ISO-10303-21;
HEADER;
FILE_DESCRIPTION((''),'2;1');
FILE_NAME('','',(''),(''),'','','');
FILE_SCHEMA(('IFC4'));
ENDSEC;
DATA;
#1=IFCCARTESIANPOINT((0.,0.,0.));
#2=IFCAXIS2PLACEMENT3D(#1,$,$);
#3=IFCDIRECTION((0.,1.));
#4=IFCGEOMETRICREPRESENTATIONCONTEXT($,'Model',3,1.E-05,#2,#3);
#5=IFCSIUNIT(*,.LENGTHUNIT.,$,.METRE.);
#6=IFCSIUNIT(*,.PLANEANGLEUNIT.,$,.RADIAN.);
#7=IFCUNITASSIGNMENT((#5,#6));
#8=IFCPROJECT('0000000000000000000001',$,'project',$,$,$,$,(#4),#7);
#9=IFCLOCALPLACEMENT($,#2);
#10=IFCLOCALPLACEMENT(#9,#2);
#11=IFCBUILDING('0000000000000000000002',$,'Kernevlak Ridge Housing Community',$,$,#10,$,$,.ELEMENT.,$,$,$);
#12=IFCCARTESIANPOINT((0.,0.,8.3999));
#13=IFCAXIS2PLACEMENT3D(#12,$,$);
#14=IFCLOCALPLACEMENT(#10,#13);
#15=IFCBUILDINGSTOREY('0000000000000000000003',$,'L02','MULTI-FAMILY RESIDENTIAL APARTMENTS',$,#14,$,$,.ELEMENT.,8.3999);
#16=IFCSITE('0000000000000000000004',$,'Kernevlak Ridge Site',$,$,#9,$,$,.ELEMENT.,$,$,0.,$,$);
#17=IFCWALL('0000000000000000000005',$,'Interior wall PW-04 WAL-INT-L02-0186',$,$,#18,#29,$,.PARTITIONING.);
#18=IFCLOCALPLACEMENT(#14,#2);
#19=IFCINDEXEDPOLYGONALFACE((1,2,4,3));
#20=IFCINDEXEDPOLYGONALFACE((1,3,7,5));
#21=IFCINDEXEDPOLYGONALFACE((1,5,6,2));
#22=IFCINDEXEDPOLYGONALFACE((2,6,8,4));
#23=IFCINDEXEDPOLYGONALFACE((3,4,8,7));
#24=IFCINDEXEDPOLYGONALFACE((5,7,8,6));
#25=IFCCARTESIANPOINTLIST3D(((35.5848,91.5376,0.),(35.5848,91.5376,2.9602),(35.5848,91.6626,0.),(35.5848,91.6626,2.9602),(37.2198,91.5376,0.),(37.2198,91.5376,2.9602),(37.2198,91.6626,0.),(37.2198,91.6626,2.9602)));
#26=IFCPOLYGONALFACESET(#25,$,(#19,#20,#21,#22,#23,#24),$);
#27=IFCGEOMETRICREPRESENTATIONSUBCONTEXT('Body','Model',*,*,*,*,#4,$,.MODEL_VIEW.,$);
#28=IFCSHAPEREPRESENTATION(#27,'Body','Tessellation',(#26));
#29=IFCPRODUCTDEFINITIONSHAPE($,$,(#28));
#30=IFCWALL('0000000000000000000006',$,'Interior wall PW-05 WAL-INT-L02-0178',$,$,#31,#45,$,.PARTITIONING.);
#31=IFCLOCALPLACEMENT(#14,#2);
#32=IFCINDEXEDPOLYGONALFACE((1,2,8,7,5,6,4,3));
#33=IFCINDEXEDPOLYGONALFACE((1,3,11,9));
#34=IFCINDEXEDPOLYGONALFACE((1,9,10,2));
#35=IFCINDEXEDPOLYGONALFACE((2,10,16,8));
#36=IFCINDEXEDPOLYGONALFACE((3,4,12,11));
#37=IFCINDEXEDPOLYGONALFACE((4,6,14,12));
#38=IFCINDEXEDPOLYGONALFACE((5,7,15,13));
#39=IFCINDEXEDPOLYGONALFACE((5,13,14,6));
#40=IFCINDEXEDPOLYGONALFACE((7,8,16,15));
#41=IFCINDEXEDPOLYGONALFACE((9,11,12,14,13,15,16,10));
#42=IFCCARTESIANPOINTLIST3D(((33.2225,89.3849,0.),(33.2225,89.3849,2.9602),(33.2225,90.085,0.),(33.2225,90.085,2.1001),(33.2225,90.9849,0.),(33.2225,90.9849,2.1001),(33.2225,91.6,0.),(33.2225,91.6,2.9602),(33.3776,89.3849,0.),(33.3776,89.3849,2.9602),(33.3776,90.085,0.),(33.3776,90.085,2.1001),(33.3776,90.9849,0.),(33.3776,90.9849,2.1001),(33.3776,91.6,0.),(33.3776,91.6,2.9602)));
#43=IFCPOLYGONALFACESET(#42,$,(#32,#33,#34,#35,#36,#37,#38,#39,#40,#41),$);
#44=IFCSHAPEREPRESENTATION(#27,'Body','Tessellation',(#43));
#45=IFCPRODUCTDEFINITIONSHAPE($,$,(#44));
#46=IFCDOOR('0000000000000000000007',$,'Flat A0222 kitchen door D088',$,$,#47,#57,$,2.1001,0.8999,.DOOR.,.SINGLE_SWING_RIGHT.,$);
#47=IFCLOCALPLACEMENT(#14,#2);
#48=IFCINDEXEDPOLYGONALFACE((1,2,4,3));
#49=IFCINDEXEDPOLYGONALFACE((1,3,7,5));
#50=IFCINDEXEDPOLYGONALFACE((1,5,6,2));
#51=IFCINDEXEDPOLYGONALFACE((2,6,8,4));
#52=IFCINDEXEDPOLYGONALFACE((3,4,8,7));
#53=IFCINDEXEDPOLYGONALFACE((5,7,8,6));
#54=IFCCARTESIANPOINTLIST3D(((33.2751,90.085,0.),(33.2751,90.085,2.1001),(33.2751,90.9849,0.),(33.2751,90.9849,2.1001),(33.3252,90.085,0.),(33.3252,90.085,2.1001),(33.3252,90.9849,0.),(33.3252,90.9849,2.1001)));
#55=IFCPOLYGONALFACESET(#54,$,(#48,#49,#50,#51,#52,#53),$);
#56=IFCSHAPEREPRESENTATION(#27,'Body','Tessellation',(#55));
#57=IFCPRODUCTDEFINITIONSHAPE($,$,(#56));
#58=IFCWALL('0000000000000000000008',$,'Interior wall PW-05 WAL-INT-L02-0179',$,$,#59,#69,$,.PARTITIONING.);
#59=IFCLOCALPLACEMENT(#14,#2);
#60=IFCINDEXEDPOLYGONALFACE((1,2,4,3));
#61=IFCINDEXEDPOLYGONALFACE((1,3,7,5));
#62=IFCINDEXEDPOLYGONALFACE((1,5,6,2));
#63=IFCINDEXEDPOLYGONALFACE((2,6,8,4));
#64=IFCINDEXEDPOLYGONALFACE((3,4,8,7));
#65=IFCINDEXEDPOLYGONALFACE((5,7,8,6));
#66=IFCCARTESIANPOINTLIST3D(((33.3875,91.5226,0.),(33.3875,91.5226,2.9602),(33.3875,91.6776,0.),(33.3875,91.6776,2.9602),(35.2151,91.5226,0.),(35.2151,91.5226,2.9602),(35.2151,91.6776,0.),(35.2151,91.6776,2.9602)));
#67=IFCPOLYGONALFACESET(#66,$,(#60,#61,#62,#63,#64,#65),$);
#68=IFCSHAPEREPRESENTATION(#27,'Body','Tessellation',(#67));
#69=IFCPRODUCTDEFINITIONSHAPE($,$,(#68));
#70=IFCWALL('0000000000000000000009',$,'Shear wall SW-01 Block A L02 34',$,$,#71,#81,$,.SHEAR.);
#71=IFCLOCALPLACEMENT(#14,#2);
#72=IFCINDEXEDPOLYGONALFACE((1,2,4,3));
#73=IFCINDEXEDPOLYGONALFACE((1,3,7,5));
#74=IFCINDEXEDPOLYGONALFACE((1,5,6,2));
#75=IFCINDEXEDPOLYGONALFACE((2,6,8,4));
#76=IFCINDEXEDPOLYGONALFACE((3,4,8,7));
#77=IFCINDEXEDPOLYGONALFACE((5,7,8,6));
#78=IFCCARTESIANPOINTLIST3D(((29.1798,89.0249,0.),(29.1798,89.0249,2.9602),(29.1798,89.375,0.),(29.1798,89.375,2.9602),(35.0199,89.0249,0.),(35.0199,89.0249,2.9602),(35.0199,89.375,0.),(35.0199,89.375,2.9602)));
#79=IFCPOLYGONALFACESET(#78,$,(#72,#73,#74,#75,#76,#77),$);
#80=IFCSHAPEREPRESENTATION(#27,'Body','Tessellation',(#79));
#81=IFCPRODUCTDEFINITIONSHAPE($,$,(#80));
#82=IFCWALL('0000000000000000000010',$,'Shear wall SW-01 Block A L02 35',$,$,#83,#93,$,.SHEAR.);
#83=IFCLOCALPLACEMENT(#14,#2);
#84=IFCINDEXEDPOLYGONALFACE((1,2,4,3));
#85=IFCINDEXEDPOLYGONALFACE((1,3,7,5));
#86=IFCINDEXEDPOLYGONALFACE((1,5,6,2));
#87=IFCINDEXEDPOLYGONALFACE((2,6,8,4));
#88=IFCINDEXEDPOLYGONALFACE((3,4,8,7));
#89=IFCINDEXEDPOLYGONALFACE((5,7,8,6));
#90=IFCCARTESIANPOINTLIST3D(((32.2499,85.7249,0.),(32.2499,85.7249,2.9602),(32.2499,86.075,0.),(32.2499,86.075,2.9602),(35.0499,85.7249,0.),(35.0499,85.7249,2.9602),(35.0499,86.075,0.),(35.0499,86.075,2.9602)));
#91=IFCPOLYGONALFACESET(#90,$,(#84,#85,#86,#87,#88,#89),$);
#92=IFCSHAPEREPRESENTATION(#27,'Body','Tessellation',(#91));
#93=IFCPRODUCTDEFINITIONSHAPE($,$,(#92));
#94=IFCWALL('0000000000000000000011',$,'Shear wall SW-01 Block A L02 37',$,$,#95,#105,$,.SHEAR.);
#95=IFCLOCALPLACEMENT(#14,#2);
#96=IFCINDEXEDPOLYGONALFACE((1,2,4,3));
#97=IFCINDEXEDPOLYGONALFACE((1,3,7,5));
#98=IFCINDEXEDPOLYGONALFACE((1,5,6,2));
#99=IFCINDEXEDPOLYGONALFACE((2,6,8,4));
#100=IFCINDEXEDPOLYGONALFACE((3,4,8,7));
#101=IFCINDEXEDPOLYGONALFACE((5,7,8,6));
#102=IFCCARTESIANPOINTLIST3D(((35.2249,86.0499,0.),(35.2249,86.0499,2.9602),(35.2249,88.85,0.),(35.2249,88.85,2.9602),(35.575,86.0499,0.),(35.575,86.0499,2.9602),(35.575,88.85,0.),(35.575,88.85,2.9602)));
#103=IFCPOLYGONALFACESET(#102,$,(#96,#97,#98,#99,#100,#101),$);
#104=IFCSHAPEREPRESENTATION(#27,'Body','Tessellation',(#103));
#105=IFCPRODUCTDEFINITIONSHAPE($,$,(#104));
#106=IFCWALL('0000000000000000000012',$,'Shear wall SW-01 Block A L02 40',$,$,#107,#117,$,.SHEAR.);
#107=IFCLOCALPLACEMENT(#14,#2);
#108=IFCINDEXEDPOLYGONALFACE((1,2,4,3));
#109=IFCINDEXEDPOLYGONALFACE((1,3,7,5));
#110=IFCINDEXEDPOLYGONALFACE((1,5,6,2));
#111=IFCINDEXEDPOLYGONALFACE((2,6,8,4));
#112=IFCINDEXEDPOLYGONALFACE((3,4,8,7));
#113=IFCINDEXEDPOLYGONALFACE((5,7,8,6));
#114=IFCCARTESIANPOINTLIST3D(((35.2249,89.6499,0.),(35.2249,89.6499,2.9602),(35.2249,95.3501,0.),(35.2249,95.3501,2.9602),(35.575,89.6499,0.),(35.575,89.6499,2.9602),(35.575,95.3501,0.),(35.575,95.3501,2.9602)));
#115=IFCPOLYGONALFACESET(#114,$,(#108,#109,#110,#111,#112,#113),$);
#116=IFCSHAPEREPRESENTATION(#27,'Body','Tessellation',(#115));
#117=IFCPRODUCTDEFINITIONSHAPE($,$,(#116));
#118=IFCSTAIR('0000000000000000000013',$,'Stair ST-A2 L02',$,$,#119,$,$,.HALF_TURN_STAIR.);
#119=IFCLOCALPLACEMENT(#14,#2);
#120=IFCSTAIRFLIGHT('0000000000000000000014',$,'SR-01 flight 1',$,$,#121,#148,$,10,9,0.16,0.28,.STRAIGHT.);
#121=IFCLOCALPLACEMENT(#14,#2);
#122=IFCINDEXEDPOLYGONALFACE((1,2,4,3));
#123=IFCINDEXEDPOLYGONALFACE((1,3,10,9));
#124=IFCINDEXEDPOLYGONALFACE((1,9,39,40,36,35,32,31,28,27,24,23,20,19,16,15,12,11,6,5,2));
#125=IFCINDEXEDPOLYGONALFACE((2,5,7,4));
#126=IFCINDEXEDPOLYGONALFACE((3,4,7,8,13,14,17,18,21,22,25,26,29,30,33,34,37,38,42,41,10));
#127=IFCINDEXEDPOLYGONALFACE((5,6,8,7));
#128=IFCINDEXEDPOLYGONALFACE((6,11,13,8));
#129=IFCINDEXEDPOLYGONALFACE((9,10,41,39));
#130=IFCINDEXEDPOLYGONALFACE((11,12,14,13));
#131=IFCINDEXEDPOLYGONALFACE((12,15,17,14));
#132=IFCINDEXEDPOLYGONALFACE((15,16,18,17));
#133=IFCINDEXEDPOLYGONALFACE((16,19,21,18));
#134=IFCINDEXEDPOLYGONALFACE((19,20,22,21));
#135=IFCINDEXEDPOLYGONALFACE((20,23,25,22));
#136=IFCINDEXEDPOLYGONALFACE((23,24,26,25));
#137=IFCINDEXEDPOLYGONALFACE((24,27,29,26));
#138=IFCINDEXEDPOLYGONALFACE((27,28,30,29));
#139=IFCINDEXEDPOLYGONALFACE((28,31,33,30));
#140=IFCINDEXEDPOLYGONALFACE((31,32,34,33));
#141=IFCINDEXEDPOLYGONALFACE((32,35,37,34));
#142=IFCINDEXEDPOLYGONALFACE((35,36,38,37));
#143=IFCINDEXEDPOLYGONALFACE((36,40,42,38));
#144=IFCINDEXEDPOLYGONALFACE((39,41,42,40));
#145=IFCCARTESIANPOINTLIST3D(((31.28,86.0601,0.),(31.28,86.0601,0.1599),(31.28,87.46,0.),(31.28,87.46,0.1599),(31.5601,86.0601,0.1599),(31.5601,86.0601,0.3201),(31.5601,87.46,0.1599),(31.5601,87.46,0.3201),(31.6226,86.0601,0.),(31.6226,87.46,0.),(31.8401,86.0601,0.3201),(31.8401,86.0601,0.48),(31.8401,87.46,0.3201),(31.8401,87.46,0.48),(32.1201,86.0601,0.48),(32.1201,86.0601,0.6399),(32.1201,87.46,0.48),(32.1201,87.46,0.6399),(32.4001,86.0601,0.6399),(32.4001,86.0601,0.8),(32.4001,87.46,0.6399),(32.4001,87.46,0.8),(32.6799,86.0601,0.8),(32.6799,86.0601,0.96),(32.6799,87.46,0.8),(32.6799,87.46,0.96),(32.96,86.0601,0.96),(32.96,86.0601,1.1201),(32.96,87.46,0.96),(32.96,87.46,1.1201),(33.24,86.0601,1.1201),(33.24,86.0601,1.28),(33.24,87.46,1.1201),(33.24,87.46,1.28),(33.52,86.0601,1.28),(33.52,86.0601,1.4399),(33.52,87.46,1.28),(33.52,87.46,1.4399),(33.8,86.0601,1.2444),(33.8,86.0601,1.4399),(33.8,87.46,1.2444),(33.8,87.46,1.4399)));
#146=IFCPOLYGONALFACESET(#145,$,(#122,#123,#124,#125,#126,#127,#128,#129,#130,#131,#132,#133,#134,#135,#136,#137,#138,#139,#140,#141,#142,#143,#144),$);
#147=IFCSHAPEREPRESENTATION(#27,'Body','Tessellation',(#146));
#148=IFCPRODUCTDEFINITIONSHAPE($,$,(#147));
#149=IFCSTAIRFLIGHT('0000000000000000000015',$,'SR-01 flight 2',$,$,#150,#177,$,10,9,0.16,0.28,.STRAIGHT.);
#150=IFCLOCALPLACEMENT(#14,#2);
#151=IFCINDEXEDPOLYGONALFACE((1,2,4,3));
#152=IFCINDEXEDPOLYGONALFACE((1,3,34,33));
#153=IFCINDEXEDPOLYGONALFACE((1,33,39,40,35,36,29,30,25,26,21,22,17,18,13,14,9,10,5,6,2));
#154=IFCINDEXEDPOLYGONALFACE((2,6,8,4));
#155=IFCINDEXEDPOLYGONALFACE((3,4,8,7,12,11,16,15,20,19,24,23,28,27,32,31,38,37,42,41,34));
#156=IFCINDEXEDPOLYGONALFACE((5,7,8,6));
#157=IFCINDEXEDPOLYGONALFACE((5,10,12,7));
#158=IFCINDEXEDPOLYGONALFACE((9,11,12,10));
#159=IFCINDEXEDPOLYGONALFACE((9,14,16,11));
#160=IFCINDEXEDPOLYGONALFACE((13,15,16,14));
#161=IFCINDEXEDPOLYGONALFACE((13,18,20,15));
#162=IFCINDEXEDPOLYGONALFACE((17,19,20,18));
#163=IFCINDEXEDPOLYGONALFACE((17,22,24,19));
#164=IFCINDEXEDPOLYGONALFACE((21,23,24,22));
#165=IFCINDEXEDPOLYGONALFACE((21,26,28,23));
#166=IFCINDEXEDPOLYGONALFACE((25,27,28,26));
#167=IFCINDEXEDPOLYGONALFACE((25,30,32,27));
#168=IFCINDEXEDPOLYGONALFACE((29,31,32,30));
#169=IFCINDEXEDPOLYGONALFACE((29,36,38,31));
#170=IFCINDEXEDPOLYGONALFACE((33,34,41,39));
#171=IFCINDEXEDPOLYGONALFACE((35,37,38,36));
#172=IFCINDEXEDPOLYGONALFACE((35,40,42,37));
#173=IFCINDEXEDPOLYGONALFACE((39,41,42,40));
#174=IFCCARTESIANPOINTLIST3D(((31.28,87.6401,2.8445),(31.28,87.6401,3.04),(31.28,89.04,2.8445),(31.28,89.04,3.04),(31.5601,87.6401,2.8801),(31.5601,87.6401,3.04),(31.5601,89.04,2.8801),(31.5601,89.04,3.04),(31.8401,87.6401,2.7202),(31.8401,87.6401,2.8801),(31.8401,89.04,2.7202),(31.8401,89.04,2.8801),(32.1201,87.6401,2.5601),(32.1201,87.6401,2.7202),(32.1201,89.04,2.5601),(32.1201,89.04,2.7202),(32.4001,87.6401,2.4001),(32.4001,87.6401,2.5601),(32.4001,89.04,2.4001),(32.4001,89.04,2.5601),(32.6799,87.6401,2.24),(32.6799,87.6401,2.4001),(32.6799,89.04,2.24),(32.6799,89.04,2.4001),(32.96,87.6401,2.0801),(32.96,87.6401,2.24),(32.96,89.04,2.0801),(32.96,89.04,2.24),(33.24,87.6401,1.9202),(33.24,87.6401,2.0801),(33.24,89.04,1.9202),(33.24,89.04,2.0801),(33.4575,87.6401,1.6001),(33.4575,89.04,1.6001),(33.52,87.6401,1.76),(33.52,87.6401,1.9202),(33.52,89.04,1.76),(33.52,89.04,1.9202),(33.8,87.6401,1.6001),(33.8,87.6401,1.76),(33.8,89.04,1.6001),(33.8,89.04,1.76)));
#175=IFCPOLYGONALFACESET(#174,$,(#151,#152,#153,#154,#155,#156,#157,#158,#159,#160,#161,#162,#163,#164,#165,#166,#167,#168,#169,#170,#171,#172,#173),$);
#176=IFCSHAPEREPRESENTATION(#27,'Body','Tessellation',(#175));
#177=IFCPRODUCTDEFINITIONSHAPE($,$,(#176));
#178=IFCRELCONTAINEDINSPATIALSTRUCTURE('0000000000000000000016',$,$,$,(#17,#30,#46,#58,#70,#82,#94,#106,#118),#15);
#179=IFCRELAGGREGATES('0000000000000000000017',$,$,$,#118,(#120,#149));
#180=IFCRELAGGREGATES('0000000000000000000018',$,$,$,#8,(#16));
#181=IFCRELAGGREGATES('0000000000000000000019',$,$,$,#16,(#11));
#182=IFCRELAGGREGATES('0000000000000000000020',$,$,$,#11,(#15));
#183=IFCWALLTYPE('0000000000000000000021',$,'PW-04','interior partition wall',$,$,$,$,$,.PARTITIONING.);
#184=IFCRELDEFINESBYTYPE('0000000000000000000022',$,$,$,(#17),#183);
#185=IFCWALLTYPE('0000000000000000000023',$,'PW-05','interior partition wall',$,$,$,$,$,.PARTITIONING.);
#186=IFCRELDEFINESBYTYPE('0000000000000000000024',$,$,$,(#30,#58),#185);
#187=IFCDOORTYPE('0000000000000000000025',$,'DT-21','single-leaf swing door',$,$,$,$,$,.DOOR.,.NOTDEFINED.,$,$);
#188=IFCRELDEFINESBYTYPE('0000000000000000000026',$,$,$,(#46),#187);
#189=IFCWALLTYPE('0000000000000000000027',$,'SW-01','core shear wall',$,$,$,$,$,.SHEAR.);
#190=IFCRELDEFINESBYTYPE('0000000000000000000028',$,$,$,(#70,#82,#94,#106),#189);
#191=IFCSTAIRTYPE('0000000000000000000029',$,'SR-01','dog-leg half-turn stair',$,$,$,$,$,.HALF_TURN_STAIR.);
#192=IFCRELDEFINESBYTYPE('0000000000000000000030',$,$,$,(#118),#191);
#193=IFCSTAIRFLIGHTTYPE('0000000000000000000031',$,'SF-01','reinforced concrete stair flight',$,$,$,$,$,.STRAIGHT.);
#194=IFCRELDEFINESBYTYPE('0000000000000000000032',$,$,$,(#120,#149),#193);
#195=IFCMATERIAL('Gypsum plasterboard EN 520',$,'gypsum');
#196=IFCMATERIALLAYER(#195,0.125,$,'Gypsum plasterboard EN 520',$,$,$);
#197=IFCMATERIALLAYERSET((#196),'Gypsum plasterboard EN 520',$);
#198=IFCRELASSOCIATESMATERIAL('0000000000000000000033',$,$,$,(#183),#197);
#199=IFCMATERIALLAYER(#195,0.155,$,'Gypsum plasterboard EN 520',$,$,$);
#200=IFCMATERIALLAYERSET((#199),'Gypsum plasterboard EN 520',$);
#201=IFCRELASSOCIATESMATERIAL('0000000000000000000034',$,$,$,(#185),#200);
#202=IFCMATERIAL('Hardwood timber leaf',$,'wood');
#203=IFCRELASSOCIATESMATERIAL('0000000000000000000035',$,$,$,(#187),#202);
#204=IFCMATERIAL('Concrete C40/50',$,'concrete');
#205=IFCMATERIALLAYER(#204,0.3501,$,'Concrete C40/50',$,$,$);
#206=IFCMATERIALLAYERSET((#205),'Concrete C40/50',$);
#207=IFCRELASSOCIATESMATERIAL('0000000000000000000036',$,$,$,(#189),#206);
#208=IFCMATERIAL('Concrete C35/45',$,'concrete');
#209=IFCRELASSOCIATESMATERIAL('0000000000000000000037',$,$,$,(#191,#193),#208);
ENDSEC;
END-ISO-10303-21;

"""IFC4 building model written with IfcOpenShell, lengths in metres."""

from ifc_helpers import new_model, si_unit, direction, frame, frame_2d, origin, place, context, subcontext, project, spatial, polyline, rectangle, outline, extrude, material, layer, layer_set, type_object, element, fill, aggregate, save


model = new_model("IFC4")

# Units and contexts
model_context = context("Model", 3, precision=1e-05, world=origin(), true_north=direction((0.0, 1.0)))
body_context = subcontext(model_context, "Body", "Model", "MODEL_VIEW")
ifc_project = project(units=[si_unit("LENGTHUNIT", "METRE"), si_unit("PLANEANGLEUNIT", "RADIAN")], contexts=[model_context])

# Site, building, storey
site_placement = place(None, origin())
site = spatial("IfcSite", under=ifc_project, at=site_placement, Name="Kernevlak Ridge Site", CompositionType="ELEMENT", RefElevation=0.0)
building_placement = place(site_placement, origin())
building = spatial("IfcBuilding", under=site, at=building_placement, Name="Kernevlak Ridge Housing Community", CompositionType="ELEMENT")
storey_placement = place(building_placement, frame((0.0, 0.0, 8.3999)))
storey = spatial("IfcBuildingStorey", under=building, at=storey_placement, Name="L02", Description="MULTI-FAMILY RESIDENTIAL APARTMENTS", CompositionType="ELEMENT", Elevation=8.3999)

# Shared definitions
ifc_material_1 = material(Name="Concrete C40/50", Category="concrete")

# Shared definitions
ifc_material_2 = material(Name="Concrete C35/45", Category="concrete")

# Wall
ifc_material_3 = material(Name="Gypsum plasterboard EN 520", Category="gypsum")
ifc_layer_1 = layer(ifc_material_3, 0.125, Name="Gypsum plasterboard EN 520")
ifc_layer_set_1 = layer_set([ifc_layer_1], Name="Gypsum plasterboard EN 520")
wall_type_1 = type_object("IfcWallType", Name="PW-04", Description="interior partition wall", PredefinedType="PARTITIONING", material=ifc_layer_set_1)
wall_1_placement = place(storey_placement, frame((35.585, 91.6001, 0.0), z_axis=(0.0, 0.0, 1.0), x_axis=(1.0, 0.0, 0.0)))
element("IfcWall", 1, at=wall_1_placement, inside=storey, type_object=wall_type_1, Name="Interior wall PW-04 WAL-INT-L02-0186", PredefinedType="PARTITIONING", context=body_context, shape_type="SweptSolid", body=[
    extrude(rectangle(XDim=1.635, YDim=0.125, at=frame_2d((0.8174, 0.0))), origin(), (0.0, 0.0, 1.0), 2.9602),
])

# Wall, opening, door
ifc_layer_2 = layer(ifc_material_3, 0.155, Name="Gypsum plasterboard EN 520")
ifc_layer_set_2 = layer_set([ifc_layer_2], Name="Gypsum plasterboard EN 520")
wall_type_2 = type_object("IfcWallType", Name="PW-05", Description="interior partition wall", PredefinedType="PARTITIONING", material=ifc_layer_set_2)
wall_2_placement = place(storey_placement, frame((33.3, 89.385, 0.0), z_axis=(0.0, 0.0, 1.0), x_axis=(0.0, 1.0, 0.0)))
wall_2 = element("IfcWall", 2, at=wall_2_placement, inside=storey, type_object=wall_type_2, Name="Interior wall PW-05 WAL-INT-L02-0178", PredefinedType="PARTITIONING", context=body_context, shape_type="SweptSolid", body=[
    extrude(rectangle(XDim=2.2151, YDim=0.155, at=frame_2d((1.1074, 0.0))), origin(), (0.0, 0.0, 1.0), 2.9602),
])
opening_1_placement = place(wall_2_placement, frame((0.7, 0.0, 0.0)))
opening_1 = element("IfcOpeningElement", 3, at=opening_1_placement, cuts=wall_2, PredefinedType="OPENING", context=body_context, shape_type="SweptSolid", body=[
    extrude(rectangle(XDim=0.8999, YDim=2.1001, at=frame_2d((0.45, 1.05))), frame((0.0, 0.0874, 0.0), z_axis=(0.0, -1.0, 0.0), x_axis=(1.0, 0.0, 0.0)), (0.0, 0.0, 1.0), 0.175),
])
ifc_material_4 = material(Name="Hardwood timber leaf", Category="wood")
door_type_1 = type_object("IfcDoorType", Name="DT-21", Description="single-leaf swing door", OperationType="NOTDEFINED", PredefinedType="DOOR", material=ifc_material_4)
door_1_placement = place(opening_1_placement, origin())
door_1 = element("IfcDoor", 4, at=door_1_placement, inside=storey, type_object=door_type_1, Name="Flat A0222 kitchen door D088", OperationType="SINGLE_SWING_RIGHT", OverallHeight=2.1001, OverallWidth=0.8999, PredefinedType="DOOR", context=body_context, shape_type="SweptSolid", body=[
    extrude(rectangle(XDim=0.8999, YDim=2.1001, at=frame_2d((0.45, 1.05))), frame((0.0, 0.0249, 0.0), z_axis=(0.0, -1.0, 0.0), x_axis=(1.0, 0.0, 0.0)), (0.0, 0.0, 1.0), 0.05),
])
fill(opening_1, door_1)

# Walls
wall_3_placement = place(storey_placement, frame((33.3875, 91.6001, 0.0), z_axis=(0.0, 0.0, 1.0), x_axis=(1.0, 0.0, 0.0)))
element("IfcWall", 5, at=wall_3_placement, inside=storey, type_object=wall_type_2, Name="Interior wall PW-05 WAL-INT-L02-0179", PredefinedType="PARTITIONING", context=body_context, shape_type="SweptSolid", body=[
    extrude(rectangle(XDim=1.8276, YDim=0.155, at=frame_2d((0.9138, 0.0))), origin(), (0.0, 0.0, 1.0), 2.9602),
])
ifc_layer_3 = layer(ifc_material_1, 0.3501, Name="Concrete C40/50")
ifc_layer_set_3 = layer_set([ifc_layer_3], Name="Concrete C40/50")
wall_type_3 = type_object("IfcWallType", Name="SW-01", Description="core shear wall", PredefinedType="SHEAR", material=ifc_layer_set_3)
wall_4_placement = place(storey_placement, frame((29.1799, 89.2, 0.0), z_axis=(0.0, 0.0, 1.0), x_axis=(1.0, 0.0, 0.0)))
element("IfcWall", 6, at=wall_4_placement, inside=storey, type_object=wall_type_3, Name="Shear wall SW-01 Block A L02 34", PredefinedType="SHEAR", context=body_context, shape_type="SweptSolid", body=[
    extrude(rectangle(XDim=5.8401, YDim=0.3501, at=frame_2d((2.9199, 0.0))), origin(), (0.0, 0.0, 1.0), 2.9602),
])
for number, where, z_axis, x_axis, name in (
    (7, (32.25, 85.8999, 0.0), (0.0, 0.0, 1.0), (1.0, 0.0, 0.0), "Shear wall SW-01 Block A L02 35"),
    (8, (35.3999, 86.05, 0.0), (0.0, 0.0, 1.0), (0.0, 1.0, 0.0), "Shear wall SW-01 Block A L02 37"),
):
    element("IfcWall", number, at=place(storey_placement, frame(where, z_axis=z_axis, x_axis=x_axis)), inside=storey, type_object=wall_type_3, Name=name, PredefinedType="SHEAR", context=body_context, shape_type="SweptSolid", body=[
        extrude(rectangle(XDim=2.8, YDim=0.3501, at=frame_2d((1.3999, 0.0))), origin(), (0.0, 0.0, 1.0), 2.9602),
    ])
wall_5_placement = place(storey_placement, frame((35.3999, 89.6499, 0.0), z_axis=(0.0, 0.0, 1.0), x_axis=(0.0, 1.0, 0.0)))
element("IfcWall", 9, at=wall_5_placement, inside=storey, type_object=wall_type_3, Name="Shear wall SW-01 Block A L02 40", PredefinedType="SHEAR", context=body_context, shape_type="SweptSolid", body=[
    extrude(rectangle(XDim=5.7002, YDim=0.3501, at=frame_2d((2.8501, 0.0))), origin(), (0.0, 0.0, 1.0), 2.9602),
])

# Stair, stair flights
stair_type = type_object("IfcStairType", Name="SR-01", Description="dog-leg half-turn stair", PredefinedType="HALF_TURN_STAIR", material=ifc_material_2)
stair_placement = place(storey_placement, origin())
stair = element("IfcStair", 10, at=stair_placement, inside=storey, type_object=stair_type, Name="Stair ST-A2 L02", PredefinedType="HALF_TURN_STAIR")
stair_flight_type = type_object("IfcStairFlightType", Name="SF-01", Description="reinforced concrete stair flight", PredefinedType="STRAIGHT", material=ifc_material_2)
stair_flight_1_placement = place(storey_placement, frame((31.28, 86.76, 0.0), z_axis=(0.0, 0.0, 1.0), x_axis=(1.0, 0.0, 0.0)))
stair_flight_1 = element("IfcStairFlight", 11, at=stair_flight_1_placement, type_object=stair_flight_type, Name="SR-01 flight 1", NumberOfRisers=10, NumberOfTreads=9, PredefinedType="STRAIGHT", RiserHeight=0.16, TreadLength=0.28, context=body_context, shape_type="SweptSolid", body=[
    extrude(outline(polyline([(0.0, 0.0), (0.0, 0.1599), (0.28, 0.1599), (0.28, 0.3201), (0.5601, 0.3201), (0.5601, 0.48), (0.8401, 0.48), (0.8401, 0.6399), (1.1201, 0.6399), (1.1201, 0.8), (1.3999, 0.8), (1.3999, 0.96), (1.6799, 0.96), (1.6799, 1.1201), (1.96, 1.1201), (1.96, 1.28), (2.24, 1.28), (2.24, 1.4399), (2.52, 1.4399), (2.52, 1.6001), (2.52, 1.2444), (0.3425, 0.0), (0.0, 0.0)])), frame((0.0, 0.7, 0.0), z_axis=(0.0, -1.0, 0.0), x_axis=(1.0, 0.0, 0.0)), (0.0, 0.0, 1.0), 1.3999),
])
stair_flight_2_placement = place(storey_placement, frame((33.8, 88.3401, 1.6001), z_axis=(0.0, 0.0, 1.0), x_axis=(-1.0, 0.0, 0.0)))
stair_flight_2 = element("IfcStairFlight", 12, at=stair_flight_2_placement, type_object=stair_flight_type, Name="SR-01 flight 2", NumberOfRisers=10, NumberOfTreads=9, PredefinedType="STRAIGHT", RiserHeight=0.16, TreadLength=0.28, context=body_context, shape_type="SweptSolid", body=[
    extrude(outline(polyline([(0.0, 0.0), (0.0, 0.1599), (0.28, 0.1599), (0.28, 0.3201), (0.5601, 0.3201), (0.5601, 0.48), (0.8401, 0.48), (0.8401, 0.6399), (1.1201, 0.6399), (1.1201, 0.8), (1.3999, 0.8), (1.3999, 0.96), (1.6799, 0.96), (1.6799, 1.1201), (1.96, 1.1201), (1.96, 1.28), (2.24, 1.28), (2.24, 1.4399), (2.52, 1.4399), (2.52, 1.6001), (2.52, 1.2444), (0.3425, 0.0), (0.0, 0.0)])), frame((0.0, 0.7, 0.0), z_axis=(0.0, -1.0, 0.0), x_axis=(1.0, 0.0, 0.0)), (0.0, 0.0, 1.0), 1.3999),
])
aggregate(stair, [stair_flight_1, stair_flight_2])

save(model, "model.ifc")
